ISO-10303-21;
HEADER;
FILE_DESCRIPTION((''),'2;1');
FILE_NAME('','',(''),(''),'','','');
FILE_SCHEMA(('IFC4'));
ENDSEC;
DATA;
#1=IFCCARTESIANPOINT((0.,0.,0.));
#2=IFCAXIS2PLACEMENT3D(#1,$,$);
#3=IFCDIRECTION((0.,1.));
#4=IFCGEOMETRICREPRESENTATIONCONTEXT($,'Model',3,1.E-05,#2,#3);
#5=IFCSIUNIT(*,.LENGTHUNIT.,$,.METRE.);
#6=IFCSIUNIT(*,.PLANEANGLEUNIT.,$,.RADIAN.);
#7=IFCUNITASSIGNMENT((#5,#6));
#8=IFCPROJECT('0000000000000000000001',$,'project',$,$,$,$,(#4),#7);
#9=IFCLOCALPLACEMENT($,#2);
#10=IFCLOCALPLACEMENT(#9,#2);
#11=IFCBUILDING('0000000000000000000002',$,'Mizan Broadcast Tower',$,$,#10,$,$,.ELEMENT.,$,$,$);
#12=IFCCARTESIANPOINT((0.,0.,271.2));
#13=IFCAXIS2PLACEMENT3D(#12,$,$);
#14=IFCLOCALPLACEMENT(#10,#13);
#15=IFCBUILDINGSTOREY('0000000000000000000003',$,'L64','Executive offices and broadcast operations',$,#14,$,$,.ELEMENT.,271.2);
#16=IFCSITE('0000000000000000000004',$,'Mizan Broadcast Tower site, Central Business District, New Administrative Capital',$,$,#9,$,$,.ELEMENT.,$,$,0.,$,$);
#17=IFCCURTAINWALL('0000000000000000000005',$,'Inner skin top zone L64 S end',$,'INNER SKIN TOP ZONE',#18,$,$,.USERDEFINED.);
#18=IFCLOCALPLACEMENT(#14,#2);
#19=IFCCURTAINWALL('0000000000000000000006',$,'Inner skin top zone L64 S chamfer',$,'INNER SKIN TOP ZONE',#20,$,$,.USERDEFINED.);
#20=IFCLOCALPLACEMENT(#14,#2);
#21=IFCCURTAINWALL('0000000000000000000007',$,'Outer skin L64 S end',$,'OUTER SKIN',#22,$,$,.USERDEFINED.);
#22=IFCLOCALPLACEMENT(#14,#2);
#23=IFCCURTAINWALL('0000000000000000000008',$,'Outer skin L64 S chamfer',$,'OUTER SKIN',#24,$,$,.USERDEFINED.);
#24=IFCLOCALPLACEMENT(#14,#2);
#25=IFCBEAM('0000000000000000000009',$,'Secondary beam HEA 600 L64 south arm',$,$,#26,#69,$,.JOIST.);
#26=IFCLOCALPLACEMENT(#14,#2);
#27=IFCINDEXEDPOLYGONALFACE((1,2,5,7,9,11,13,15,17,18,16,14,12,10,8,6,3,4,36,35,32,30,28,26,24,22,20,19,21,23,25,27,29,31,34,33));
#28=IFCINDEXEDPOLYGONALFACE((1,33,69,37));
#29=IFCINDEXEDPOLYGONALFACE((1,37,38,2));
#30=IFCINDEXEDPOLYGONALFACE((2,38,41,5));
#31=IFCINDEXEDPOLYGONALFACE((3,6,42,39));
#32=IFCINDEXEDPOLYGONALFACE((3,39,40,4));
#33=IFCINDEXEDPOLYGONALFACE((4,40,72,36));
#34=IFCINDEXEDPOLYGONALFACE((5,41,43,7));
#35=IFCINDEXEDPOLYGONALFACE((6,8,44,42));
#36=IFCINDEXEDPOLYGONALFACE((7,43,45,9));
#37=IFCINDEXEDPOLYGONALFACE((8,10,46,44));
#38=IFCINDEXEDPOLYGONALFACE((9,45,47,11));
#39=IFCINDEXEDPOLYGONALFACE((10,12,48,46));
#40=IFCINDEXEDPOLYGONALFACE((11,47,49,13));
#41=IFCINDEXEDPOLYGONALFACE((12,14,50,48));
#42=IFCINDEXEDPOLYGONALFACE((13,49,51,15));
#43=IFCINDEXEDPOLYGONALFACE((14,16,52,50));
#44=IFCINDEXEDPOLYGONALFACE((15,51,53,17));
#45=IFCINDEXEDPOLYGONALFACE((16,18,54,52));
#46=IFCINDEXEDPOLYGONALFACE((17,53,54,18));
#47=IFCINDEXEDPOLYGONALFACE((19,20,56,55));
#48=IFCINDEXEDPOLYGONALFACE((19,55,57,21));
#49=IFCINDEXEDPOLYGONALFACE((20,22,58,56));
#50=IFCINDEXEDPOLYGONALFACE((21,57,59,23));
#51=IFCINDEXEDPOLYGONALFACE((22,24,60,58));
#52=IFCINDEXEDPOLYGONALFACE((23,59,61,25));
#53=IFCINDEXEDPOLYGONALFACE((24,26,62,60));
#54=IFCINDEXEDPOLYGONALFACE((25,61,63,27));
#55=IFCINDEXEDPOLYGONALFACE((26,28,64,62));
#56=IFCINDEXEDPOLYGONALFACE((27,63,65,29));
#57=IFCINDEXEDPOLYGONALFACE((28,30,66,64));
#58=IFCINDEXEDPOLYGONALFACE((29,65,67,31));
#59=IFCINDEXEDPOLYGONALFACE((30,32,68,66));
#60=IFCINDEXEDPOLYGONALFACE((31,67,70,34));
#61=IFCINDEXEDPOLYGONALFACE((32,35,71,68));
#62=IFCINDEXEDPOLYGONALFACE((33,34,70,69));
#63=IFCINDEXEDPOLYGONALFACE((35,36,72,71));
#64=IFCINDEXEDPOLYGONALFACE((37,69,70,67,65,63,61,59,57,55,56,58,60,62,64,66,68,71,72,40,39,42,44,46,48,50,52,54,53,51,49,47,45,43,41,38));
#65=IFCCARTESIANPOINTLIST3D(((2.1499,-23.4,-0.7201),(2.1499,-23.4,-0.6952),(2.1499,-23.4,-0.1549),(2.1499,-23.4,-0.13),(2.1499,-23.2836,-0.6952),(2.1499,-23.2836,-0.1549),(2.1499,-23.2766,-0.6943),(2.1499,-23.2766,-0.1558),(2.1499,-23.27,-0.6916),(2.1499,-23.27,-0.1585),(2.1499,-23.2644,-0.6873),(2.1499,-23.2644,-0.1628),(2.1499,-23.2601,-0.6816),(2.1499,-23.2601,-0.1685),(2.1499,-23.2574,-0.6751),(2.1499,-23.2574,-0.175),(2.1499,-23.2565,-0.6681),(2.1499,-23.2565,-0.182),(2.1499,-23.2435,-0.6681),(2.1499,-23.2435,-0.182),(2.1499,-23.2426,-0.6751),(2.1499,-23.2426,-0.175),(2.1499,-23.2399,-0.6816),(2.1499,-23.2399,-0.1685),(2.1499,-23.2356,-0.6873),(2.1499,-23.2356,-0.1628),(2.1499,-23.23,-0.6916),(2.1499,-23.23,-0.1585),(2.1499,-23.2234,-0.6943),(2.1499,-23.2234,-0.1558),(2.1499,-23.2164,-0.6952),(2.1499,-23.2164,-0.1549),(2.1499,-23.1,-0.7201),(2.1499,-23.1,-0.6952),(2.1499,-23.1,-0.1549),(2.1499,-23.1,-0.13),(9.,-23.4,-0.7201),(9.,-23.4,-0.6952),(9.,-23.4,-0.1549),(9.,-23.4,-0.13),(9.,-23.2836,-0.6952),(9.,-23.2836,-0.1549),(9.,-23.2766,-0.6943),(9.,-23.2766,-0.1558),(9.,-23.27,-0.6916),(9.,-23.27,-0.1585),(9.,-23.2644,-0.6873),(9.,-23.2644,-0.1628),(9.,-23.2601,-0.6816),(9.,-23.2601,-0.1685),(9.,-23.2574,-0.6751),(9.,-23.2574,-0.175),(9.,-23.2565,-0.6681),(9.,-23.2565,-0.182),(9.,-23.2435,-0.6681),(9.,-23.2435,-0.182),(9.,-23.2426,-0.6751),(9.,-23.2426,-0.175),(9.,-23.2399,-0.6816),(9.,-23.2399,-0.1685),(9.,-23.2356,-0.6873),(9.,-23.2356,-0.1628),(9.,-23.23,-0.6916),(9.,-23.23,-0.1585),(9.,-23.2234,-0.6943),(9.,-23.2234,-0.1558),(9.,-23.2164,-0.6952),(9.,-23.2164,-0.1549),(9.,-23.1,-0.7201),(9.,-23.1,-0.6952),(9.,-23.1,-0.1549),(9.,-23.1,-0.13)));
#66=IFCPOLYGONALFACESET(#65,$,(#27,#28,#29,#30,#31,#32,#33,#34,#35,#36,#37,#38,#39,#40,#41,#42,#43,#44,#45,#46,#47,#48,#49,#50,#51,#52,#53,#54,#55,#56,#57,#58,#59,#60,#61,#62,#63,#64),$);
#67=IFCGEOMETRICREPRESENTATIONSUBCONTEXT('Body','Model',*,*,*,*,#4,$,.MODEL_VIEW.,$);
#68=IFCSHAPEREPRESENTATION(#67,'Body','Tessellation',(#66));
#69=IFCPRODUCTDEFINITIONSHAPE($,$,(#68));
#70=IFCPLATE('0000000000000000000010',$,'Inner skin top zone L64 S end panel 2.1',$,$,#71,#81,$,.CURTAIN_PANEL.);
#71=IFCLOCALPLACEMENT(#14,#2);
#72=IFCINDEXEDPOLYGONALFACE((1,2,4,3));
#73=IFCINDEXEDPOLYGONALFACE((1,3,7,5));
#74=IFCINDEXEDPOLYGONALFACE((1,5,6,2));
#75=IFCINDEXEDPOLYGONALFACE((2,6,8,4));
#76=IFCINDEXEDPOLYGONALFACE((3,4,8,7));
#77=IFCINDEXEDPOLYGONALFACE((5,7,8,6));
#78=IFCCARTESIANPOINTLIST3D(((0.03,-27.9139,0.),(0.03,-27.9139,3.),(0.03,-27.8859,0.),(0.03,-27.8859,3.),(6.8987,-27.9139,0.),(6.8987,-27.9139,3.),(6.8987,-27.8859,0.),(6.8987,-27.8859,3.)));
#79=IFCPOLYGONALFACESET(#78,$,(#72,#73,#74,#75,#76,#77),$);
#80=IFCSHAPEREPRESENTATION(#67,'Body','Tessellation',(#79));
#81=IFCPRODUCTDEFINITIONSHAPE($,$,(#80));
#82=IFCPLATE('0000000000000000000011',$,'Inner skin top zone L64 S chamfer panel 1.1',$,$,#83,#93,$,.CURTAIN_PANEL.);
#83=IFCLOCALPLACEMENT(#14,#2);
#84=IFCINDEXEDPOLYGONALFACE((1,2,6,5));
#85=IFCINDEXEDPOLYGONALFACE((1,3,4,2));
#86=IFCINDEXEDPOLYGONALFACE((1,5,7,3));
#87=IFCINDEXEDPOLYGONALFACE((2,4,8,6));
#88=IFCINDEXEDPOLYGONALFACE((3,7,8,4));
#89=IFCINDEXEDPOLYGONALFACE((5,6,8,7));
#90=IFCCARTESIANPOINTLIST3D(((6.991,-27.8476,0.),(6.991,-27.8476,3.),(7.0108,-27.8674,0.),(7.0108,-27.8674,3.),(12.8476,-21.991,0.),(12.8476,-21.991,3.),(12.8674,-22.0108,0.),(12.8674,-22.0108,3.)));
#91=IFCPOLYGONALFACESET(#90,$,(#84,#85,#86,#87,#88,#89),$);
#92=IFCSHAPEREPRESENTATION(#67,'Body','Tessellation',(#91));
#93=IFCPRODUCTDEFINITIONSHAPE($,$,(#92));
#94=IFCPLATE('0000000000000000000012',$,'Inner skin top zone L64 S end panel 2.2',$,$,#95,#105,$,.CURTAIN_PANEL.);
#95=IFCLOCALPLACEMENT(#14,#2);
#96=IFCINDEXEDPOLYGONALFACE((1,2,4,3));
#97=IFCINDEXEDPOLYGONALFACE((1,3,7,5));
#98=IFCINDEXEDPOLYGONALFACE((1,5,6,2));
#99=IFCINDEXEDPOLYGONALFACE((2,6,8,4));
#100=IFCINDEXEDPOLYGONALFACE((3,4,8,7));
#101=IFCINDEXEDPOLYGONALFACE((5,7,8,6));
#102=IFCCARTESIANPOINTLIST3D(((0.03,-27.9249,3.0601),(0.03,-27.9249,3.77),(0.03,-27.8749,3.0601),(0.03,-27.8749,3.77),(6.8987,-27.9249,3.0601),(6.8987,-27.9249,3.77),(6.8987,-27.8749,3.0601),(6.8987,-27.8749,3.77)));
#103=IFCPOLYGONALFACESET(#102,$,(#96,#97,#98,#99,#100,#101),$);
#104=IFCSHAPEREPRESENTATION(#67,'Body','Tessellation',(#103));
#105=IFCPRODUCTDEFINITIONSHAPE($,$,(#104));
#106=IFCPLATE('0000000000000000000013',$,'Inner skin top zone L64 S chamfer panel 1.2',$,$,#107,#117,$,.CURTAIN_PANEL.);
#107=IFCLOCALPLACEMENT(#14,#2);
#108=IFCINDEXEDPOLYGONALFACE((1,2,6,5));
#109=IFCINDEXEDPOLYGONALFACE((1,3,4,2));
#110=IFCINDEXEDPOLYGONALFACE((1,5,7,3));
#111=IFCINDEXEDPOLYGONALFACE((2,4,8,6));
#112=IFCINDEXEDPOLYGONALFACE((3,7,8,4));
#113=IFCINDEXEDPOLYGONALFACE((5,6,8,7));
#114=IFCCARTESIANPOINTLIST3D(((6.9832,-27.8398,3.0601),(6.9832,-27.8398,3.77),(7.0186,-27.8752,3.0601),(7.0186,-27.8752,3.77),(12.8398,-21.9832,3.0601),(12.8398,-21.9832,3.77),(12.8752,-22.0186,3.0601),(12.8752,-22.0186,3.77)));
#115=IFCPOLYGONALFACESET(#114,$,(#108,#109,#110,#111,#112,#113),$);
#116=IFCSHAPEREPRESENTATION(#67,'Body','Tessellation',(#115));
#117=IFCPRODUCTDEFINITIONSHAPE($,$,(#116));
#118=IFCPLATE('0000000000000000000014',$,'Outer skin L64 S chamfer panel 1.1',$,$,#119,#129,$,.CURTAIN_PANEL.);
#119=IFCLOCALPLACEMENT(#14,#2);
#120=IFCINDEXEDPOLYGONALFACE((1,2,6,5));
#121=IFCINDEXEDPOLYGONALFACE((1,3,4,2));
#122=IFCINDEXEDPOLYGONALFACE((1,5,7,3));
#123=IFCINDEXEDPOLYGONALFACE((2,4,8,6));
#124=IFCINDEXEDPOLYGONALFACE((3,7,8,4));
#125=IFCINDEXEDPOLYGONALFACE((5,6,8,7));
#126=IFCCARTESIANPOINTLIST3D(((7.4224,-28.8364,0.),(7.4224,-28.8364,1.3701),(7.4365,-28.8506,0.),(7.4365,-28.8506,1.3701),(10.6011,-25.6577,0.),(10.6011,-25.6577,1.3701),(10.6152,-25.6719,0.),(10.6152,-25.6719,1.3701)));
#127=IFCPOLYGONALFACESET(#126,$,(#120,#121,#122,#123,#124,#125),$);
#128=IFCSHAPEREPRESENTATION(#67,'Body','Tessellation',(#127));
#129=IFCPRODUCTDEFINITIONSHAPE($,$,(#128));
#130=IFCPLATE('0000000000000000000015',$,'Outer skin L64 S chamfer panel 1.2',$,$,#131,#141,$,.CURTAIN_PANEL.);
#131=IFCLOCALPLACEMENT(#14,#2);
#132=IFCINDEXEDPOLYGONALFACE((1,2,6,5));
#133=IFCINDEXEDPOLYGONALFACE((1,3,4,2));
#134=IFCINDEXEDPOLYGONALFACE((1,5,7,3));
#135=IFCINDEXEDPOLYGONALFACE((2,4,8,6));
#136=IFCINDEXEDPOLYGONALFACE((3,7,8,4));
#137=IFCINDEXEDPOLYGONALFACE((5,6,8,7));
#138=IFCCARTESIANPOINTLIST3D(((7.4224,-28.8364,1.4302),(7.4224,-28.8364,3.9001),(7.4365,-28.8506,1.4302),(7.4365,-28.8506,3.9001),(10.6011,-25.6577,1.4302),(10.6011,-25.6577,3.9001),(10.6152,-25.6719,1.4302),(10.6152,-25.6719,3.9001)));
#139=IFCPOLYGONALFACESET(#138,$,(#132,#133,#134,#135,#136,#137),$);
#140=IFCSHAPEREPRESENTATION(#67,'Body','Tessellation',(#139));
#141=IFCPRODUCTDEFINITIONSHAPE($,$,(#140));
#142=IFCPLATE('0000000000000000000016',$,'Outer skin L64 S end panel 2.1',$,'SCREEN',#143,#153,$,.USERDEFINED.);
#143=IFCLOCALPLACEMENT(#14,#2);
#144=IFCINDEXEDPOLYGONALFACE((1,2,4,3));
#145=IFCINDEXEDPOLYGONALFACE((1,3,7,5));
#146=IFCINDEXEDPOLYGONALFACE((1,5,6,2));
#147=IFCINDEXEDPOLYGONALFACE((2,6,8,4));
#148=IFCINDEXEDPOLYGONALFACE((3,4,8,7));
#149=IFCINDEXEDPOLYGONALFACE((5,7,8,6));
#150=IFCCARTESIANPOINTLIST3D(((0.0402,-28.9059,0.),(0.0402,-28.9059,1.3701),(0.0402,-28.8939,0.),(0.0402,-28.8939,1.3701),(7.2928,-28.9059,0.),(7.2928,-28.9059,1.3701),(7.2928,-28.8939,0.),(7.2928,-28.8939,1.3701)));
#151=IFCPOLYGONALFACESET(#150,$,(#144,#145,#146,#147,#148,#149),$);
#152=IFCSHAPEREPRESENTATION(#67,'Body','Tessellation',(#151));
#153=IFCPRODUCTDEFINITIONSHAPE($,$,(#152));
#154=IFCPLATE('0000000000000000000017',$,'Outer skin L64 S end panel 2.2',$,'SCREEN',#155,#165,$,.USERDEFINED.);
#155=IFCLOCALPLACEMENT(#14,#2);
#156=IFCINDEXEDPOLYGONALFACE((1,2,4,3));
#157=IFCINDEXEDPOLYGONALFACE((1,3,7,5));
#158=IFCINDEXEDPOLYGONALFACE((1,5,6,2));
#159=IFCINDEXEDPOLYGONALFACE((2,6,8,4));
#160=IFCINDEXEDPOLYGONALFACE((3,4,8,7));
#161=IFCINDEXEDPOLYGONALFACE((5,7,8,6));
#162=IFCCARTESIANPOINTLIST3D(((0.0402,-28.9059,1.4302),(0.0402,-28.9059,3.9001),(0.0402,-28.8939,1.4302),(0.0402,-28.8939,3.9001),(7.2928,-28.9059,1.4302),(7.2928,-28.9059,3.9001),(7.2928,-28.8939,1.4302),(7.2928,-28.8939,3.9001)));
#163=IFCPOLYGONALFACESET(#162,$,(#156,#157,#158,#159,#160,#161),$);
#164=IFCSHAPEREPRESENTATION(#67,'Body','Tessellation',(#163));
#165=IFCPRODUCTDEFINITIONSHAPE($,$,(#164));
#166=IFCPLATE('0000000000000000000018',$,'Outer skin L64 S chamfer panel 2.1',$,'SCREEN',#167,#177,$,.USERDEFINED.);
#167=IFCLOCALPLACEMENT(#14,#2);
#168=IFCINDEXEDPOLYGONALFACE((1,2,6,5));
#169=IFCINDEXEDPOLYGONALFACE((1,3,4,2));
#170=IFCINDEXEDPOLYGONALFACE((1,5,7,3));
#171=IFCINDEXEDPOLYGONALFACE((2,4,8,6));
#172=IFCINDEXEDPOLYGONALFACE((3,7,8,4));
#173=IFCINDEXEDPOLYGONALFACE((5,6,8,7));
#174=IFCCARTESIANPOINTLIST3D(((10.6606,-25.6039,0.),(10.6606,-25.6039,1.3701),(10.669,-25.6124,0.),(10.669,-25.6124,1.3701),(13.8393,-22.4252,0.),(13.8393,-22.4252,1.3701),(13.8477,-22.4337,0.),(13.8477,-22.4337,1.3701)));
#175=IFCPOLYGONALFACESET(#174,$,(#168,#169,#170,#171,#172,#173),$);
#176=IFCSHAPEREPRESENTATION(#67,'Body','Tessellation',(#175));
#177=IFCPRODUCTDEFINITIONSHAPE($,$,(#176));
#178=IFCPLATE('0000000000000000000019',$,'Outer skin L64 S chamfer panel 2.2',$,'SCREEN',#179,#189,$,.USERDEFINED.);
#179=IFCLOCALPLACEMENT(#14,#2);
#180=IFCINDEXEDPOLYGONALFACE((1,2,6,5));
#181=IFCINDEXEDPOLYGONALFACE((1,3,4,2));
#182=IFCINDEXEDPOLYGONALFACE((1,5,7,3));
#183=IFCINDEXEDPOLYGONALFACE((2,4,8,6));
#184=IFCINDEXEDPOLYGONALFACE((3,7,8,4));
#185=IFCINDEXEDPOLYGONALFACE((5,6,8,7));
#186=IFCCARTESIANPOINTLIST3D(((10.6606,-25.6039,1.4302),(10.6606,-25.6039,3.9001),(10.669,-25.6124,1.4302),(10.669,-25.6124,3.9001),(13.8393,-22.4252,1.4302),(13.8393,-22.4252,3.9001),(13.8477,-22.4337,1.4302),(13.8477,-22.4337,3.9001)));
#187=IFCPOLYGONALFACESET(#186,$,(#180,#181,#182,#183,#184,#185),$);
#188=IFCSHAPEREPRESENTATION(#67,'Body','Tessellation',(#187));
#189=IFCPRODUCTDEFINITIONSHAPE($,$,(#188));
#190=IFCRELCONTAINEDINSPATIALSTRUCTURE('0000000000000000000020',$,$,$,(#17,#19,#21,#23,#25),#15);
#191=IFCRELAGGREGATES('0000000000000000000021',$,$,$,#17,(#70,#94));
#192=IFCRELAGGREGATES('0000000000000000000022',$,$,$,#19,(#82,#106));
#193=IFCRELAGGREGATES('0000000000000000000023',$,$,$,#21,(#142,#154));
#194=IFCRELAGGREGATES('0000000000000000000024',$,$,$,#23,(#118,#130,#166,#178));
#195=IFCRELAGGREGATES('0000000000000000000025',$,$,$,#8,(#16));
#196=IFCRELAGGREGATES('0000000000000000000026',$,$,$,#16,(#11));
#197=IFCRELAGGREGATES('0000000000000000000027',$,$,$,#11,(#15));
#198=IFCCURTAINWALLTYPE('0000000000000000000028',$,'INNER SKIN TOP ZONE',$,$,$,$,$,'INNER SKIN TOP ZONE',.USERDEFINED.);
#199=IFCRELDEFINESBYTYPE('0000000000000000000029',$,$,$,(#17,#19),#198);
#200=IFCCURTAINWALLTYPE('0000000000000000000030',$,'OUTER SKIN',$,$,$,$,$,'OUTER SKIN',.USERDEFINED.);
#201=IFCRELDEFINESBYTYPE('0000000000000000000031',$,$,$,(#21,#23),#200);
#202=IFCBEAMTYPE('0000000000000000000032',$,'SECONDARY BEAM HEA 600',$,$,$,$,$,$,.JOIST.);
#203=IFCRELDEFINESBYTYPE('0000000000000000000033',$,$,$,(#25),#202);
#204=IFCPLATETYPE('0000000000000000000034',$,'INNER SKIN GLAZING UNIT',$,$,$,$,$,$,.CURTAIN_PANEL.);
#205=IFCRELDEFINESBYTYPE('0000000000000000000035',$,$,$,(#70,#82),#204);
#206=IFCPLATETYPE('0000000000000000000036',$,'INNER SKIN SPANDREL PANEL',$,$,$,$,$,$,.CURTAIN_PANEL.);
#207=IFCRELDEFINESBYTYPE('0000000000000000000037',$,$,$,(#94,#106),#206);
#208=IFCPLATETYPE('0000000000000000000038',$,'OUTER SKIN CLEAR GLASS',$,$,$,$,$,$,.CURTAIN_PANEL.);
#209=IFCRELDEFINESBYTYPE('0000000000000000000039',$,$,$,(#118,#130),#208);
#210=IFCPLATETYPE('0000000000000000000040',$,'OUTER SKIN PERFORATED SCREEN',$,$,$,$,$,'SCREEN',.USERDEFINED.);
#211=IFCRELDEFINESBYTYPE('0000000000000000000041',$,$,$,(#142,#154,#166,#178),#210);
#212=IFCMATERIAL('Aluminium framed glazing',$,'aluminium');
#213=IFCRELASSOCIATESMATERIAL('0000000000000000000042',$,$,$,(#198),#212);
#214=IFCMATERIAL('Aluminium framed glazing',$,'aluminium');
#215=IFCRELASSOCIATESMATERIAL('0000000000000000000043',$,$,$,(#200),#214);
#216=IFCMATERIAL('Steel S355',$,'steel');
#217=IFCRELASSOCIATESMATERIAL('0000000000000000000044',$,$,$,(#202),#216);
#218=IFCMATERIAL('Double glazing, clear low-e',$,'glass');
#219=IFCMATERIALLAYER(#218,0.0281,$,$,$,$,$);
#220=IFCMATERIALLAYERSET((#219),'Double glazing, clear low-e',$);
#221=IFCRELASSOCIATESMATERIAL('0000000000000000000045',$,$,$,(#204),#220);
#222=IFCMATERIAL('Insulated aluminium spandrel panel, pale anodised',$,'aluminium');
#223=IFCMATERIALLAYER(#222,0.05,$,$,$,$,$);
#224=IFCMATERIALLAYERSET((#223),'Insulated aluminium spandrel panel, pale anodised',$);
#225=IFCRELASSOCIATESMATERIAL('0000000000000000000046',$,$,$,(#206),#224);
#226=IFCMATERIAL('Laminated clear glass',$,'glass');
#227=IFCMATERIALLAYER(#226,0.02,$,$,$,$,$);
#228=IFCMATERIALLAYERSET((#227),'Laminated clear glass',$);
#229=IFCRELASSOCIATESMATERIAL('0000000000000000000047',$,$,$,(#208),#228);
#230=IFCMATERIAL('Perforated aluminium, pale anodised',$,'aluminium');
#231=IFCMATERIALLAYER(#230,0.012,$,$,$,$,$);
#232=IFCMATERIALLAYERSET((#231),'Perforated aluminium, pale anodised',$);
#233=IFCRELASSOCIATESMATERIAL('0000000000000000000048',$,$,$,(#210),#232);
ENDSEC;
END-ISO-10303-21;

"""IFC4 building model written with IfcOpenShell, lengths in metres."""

from ifc_helpers import new_model, si_unit, direction, frame, origin, origin_2d, place, context, subcontext, project, spatial, rectangle, i_section, extrude, material, layer, layer_set, material_profile, profile_set, type_object, element, aggregate, save


model = new_model("IFC4")

# Units and contexts
model_context = context("Model", 3, precision=1e-05, world=origin(), true_north=direction((0.0, 1.0)))
body_context = subcontext(model_context, "Body", "Model", "MODEL_VIEW")
ifc_project = project(units=[si_unit("LENGTHUNIT", "METRE"), si_unit("PLANEANGLEUNIT", "RADIAN")], contexts=[model_context])

# Site, building, storey
site_placement = place(None, origin())
site = spatial("IfcSite", under=ifc_project, at=site_placement, Name="Mizan Broadcast Tower site, Central Business District, New Administrative Capital", CompositionType="ELEMENT", RefElevation=0.0)
building_placement = place(site_placement, origin())
building = spatial("IfcBuilding", under=site, at=building_placement, Name="Mizan Broadcast Tower", CompositionType="ELEMENT")
storey_placement = place(building_placement, frame((0.0, 0.0, 271.2)))
storey = spatial("IfcBuildingStorey", under=building, at=storey_placement, Name="L64", Description="Executive offices and broadcast operations", CompositionType="ELEMENT", Elevation=271.2)

# Curtain walls
ifc_material_1 = material(Name="Aluminium framed glazing", Category="aluminium")
curtain_wall_type_1 = type_object("IfcCurtainWallType", Name="INNER SKIN TOP ZONE", ElementType="INNER SKIN TOP ZONE", PredefinedType="USERDEFINED", material=ifc_material_1)
curtain_wall_1_placement = place(storey_placement, origin())
curtain_wall_1 = element("IfcCurtainWall", 1, at=curtain_wall_1_placement, inside=storey, type_object=curtain_wall_type_1, Name="Inner skin top zone L64 S end", ObjectType="INNER SKIN TOP ZONE", PredefinedType="USERDEFINED")
curtain_wall_2_placement = place(storey_placement, origin())
curtain_wall_2 = element("IfcCurtainWall", 2, at=curtain_wall_2_placement, inside=storey, type_object=curtain_wall_type_1, Name="Inner skin top zone L64 S chamfer", ObjectType="INNER SKIN TOP ZONE", PredefinedType="USERDEFINED")

# Curtain walls
ifc_material_2 = material(Name="Aluminium framed glazing", Category="aluminium")
curtain_wall_type_2 = type_object("IfcCurtainWallType", Name="OUTER SKIN", ElementType="OUTER SKIN", PredefinedType="USERDEFINED", material=ifc_material_2)
curtain_wall_3_placement = place(storey_placement, origin())
curtain_wall_3 = element("IfcCurtainWall", 3, at=curtain_wall_3_placement, inside=storey, type_object=curtain_wall_type_2, Name="Outer skin L64 S end", ObjectType="OUTER SKIN", PredefinedType="USERDEFINED")
curtain_wall_4_placement = place(storey_placement, origin())
curtain_wall_4 = element("IfcCurtainWall", 4, at=curtain_wall_4_placement, inside=storey, type_object=curtain_wall_type_2, Name="Outer skin L64 S chamfer", ObjectType="OUTER SKIN", PredefinedType="USERDEFINED")

# Beam
ifc_material_3 = material(Name="Steel S355", Category="steel")
ifc_material_profile_1 = material_profile(ifc_material_3, i_section(OverallWidth=0.3, OverallDepth=0.5901, WebThickness=0.0129, FlangeThickness=0.0249, FilletRadius=0.0271, at=origin_2d()), Name="HEA 600")
ifc_profile_set_1 = profile_set([ifc_material_profile_1], Name="Steel S355")
beam_type_1 = type_object("IfcBeamType", Name="SECONDARY BEAM HEA 600", PredefinedType="JOIST", material=ifc_profile_set_1)
beam_1_placement = place(storey_placement, frame((9.0, -23.25, -0.425), z_axis=(-1.0, 0.0, 0.0), x_axis=(0.0, -1.0, 0.0)))
element("IfcBeam", 5, at=beam_1_placement, inside=storey, type_object=beam_type_1, Name="Secondary beam HEA 600 L64 south arm", PredefinedType="JOIST", context=body_context, shape_type="SweptSolid", body=[
    extrude(i_section(OverallWidth=0.3, OverallDepth=0.5901, WebThickness=0.0129, FlangeThickness=0.0249, FilletRadius=0.0271, at=origin_2d()), origin(), (0.0, 0.0, 1.0), 6.8501),
])

# Plates
ifc_material_4 = material(Name="Double glazing, clear low-e", Category="glass")
ifc_layer_1 = layer(ifc_material_4, 0.0281)
ifc_layer_set_1 = layer_set([ifc_layer_1], Name="Double glazing, clear low-e")
plate_type_1 = type_object("IfcPlateType", Name="INNER SKIN GLAZING UNIT", PredefinedType="CURTAIN_PANEL", material=ifc_layer_set_1)
plate_1_placement = place(storey_placement, frame((3.4644, -27.8999, 0.0), z_axis=(0.0, 0.0, 1.0), x_axis=(1.0, 0.0, 0.0)))
plate_1 = element("IfcPlate", 6, at=plate_1_placement, type_object=plate_type_1, Name="Inner skin top zone L64 S end panel 2.1", PredefinedType="CURTAIN_PANEL", context=body_context, shape_type="SweptSolid", body=[
    extrude(rectangle(XDim=6.8687, YDim=0.0281, at=origin_2d()), origin(), (0.0, 0.0, 1.0), 3.0),
])
plate_2_placement = place(storey_placement, frame((9.9292, -24.9292, 0.0), z_axis=(0.0, 0.0, 1.0), x_axis=(0.707107, 0.707107, 0.0)))
plate_2 = element("IfcPlate", 7, at=plate_2_placement, type_object=plate_type_1, Name="Inner skin top zone L64 S chamfer panel 1.1", PredefinedType="CURTAIN_PANEL", context=body_context, shape_type="SweptSolid", body=[
    extrude(rectangle(XDim=8.2825, YDim=0.0281, at=origin_2d()), origin(), (0.0, 0.0, 1.0), 3.0),
])
ifc_material_5 = material(Name="Insulated aluminium spandrel panel, pale anodised", Category="aluminium")
ifc_layer_2 = layer(ifc_material_5, 0.05)
ifc_layer_set_2 = layer_set([ifc_layer_2], Name="Insulated aluminium spandrel panel, pale anodised")
plate_type_2 = type_object("IfcPlateType", Name="INNER SKIN SPANDREL PANEL", PredefinedType="CURTAIN_PANEL", material=ifc_layer_set_2)
plate_3_placement = place(storey_placement, frame((3.4644, -27.8999, 3.0601), z_axis=(0.0, 0.0, 1.0), x_axis=(1.0, 0.0, 0.0)))
plate_3 = element("IfcPlate", 8, at=plate_3_placement, type_object=plate_type_2, Name="Inner skin top zone L64 S end panel 2.2", PredefinedType="CURTAIN_PANEL", context=body_context, shape_type="SweptSolid", body=[
    extrude(rectangle(XDim=6.8687, YDim=0.05, at=origin_2d()), origin(), (0.0, 0.0, 1.0), 0.71),
])
aggregate(curtain_wall_1, [plate_1, plate_3])
plate_4_placement = place(storey_placement, frame((9.9292, -24.9292, 3.0601), z_axis=(0.0, 0.0, 1.0), x_axis=(0.707107, 0.707107, 0.0)))
plate_4 = element("IfcPlate", 9, at=plate_4_placement, type_object=plate_type_2, Name="Inner skin top zone L64 S chamfer panel 1.2", PredefinedType="CURTAIN_PANEL", context=body_context, shape_type="SweptSolid", body=[
    extrude(rectangle(XDim=8.2825, YDim=0.05, at=origin_2d()), origin(), (0.0, 0.0, 1.0), 0.71),
])
aggregate(curtain_wall_2, [plate_2, plate_4])
ifc_material_6 = material(Name="Laminated clear glass", Category="glass")
ifc_layer_3 = layer(ifc_material_6, 0.02)
ifc_layer_set_3 = layer_set([ifc_layer_3], Name="Laminated clear glass")
plate_type_3 = type_object("IfcPlateType", Name="OUTER SKIN CLEAR GLASS", PredefinedType="CURTAIN_PANEL", material=ifc_layer_set_3)
plate_5_placement = place(storey_placement, frame((9.0188, -27.2542, 0.0), z_axis=(0.0, 0.0, 1.0), x_axis=(0.707107, 0.707107, 0.0)))
plate_5 = element("IfcPlate", 10, at=plate_5_placement, type_object=plate_type_3, Name="Outer skin L64 S chamfer panel 1.1", PredefinedType="CURTAIN_PANEL", context=body_context, shape_type="SweptSolid", body=[
    extrude(rectangle(XDim=4.4954, YDim=0.02, at=origin_2d()), origin(), (0.0, 0.0, 1.0), 1.3701),
])
plate_6_placement = place(storey_placement, frame((9.0188, -27.2542, 1.4302), z_axis=(0.0, 0.0, 1.0), x_axis=(0.707107, 0.707107, 0.0)))
plate_6 = element("IfcPlate", 11, at=plate_6_placement, type_object=plate_type_3, Name="Outer skin L64 S chamfer panel 1.2", PredefinedType="CURTAIN_PANEL", context=body_context, shape_type="SweptSolid", body=[
    extrude(rectangle(XDim=4.4954, YDim=0.02, at=origin_2d()), origin(), (0.0, 0.0, 1.0), 2.47),
])
ifc_material_7 = material(Name="Perforated aluminium, pale anodised", Category="aluminium")
ifc_layer_4 = layer(ifc_material_7, 0.012)
ifc_layer_set_4 = layer_set([ifc_layer_4], Name="Perforated aluminium, pale anodised")
plate_type_4 = type_object("IfcPlateType", Name="OUTER SKIN PERFORATED SCREEN", ElementType="SCREEN", PredefinedType="USERDEFINED", material=ifc_layer_set_4)
plate_7_placement = place(storey_placement, frame((3.6665, -28.8999, 0.0), z_axis=(0.0, 0.0, 1.0), x_axis=(1.0, 0.0, 0.0)))
plate_7 = element("IfcPlate", 12, at=plate_7_placement, type_object=plate_type_4, Name="Outer skin L64 S end panel 2.1", ObjectType="SCREEN", PredefinedType="USERDEFINED", context=body_context, shape_type="SweptSolid", body=[
    extrude(rectangle(XDim=7.2527, YDim=0.012, at=origin_2d()), origin(), (0.0, 0.0, 1.0), 1.3701),
])
plate_8_placement = place(storey_placement, frame((3.6665, -28.8999, 1.4302), z_axis=(0.0, 0.0, 1.0), x_axis=(1.0, 0.0, 0.0)))
plate_8 = element("IfcPlate", 13, at=plate_8_placement, type_object=plate_type_4, Name="Outer skin L64 S end panel 2.2", ObjectType="SCREEN", PredefinedType="USERDEFINED", context=body_context, shape_type="SweptSolid", body=[
    extrude(rectangle(XDim=7.2527, YDim=0.012, at=origin_2d()), origin(), (0.0, 0.0, 1.0), 2.47),
])
aggregate(curtain_wall_3, [plate_7, plate_8])
plate_9_placement = place(storey_placement, frame((12.2542, -24.0188, 0.0), z_axis=(0.0, 0.0, 1.0), x_axis=(0.707107, 0.707107, 0.0)))
plate_9 = element("IfcPlate", 14, at=plate_9_placement, type_object=plate_type_4, Name="Outer skin L64 S chamfer panel 2.1", ObjectType="SCREEN", PredefinedType="USERDEFINED", context=body_context, shape_type="SweptSolid", body=[
    extrude(rectangle(XDim=4.4954, YDim=0.012, at=origin_2d()), origin(), (0.0, 0.0, 1.0), 1.3701),
])
plate_10_placement = place(storey_placement, frame((12.2542, -24.0188, 1.4302), z_axis=(0.0, 0.0, 1.0), x_axis=(0.707107, 0.707107, 0.0)))
plate_10 = element("IfcPlate", 15, at=plate_10_placement, type_object=plate_type_4, Name="Outer skin L64 S chamfer panel 2.2", ObjectType="SCREEN", PredefinedType="USERDEFINED", context=body_context, shape_type="SweptSolid", body=[
    extrude(rectangle(XDim=4.4954, YDim=0.012, at=origin_2d()), origin(), (0.0, 0.0, 1.0), 2.47),
])
aggregate(curtain_wall_4, [plate_5, plate_6, plate_9, plate_10])

save(model, "model.ifc")
